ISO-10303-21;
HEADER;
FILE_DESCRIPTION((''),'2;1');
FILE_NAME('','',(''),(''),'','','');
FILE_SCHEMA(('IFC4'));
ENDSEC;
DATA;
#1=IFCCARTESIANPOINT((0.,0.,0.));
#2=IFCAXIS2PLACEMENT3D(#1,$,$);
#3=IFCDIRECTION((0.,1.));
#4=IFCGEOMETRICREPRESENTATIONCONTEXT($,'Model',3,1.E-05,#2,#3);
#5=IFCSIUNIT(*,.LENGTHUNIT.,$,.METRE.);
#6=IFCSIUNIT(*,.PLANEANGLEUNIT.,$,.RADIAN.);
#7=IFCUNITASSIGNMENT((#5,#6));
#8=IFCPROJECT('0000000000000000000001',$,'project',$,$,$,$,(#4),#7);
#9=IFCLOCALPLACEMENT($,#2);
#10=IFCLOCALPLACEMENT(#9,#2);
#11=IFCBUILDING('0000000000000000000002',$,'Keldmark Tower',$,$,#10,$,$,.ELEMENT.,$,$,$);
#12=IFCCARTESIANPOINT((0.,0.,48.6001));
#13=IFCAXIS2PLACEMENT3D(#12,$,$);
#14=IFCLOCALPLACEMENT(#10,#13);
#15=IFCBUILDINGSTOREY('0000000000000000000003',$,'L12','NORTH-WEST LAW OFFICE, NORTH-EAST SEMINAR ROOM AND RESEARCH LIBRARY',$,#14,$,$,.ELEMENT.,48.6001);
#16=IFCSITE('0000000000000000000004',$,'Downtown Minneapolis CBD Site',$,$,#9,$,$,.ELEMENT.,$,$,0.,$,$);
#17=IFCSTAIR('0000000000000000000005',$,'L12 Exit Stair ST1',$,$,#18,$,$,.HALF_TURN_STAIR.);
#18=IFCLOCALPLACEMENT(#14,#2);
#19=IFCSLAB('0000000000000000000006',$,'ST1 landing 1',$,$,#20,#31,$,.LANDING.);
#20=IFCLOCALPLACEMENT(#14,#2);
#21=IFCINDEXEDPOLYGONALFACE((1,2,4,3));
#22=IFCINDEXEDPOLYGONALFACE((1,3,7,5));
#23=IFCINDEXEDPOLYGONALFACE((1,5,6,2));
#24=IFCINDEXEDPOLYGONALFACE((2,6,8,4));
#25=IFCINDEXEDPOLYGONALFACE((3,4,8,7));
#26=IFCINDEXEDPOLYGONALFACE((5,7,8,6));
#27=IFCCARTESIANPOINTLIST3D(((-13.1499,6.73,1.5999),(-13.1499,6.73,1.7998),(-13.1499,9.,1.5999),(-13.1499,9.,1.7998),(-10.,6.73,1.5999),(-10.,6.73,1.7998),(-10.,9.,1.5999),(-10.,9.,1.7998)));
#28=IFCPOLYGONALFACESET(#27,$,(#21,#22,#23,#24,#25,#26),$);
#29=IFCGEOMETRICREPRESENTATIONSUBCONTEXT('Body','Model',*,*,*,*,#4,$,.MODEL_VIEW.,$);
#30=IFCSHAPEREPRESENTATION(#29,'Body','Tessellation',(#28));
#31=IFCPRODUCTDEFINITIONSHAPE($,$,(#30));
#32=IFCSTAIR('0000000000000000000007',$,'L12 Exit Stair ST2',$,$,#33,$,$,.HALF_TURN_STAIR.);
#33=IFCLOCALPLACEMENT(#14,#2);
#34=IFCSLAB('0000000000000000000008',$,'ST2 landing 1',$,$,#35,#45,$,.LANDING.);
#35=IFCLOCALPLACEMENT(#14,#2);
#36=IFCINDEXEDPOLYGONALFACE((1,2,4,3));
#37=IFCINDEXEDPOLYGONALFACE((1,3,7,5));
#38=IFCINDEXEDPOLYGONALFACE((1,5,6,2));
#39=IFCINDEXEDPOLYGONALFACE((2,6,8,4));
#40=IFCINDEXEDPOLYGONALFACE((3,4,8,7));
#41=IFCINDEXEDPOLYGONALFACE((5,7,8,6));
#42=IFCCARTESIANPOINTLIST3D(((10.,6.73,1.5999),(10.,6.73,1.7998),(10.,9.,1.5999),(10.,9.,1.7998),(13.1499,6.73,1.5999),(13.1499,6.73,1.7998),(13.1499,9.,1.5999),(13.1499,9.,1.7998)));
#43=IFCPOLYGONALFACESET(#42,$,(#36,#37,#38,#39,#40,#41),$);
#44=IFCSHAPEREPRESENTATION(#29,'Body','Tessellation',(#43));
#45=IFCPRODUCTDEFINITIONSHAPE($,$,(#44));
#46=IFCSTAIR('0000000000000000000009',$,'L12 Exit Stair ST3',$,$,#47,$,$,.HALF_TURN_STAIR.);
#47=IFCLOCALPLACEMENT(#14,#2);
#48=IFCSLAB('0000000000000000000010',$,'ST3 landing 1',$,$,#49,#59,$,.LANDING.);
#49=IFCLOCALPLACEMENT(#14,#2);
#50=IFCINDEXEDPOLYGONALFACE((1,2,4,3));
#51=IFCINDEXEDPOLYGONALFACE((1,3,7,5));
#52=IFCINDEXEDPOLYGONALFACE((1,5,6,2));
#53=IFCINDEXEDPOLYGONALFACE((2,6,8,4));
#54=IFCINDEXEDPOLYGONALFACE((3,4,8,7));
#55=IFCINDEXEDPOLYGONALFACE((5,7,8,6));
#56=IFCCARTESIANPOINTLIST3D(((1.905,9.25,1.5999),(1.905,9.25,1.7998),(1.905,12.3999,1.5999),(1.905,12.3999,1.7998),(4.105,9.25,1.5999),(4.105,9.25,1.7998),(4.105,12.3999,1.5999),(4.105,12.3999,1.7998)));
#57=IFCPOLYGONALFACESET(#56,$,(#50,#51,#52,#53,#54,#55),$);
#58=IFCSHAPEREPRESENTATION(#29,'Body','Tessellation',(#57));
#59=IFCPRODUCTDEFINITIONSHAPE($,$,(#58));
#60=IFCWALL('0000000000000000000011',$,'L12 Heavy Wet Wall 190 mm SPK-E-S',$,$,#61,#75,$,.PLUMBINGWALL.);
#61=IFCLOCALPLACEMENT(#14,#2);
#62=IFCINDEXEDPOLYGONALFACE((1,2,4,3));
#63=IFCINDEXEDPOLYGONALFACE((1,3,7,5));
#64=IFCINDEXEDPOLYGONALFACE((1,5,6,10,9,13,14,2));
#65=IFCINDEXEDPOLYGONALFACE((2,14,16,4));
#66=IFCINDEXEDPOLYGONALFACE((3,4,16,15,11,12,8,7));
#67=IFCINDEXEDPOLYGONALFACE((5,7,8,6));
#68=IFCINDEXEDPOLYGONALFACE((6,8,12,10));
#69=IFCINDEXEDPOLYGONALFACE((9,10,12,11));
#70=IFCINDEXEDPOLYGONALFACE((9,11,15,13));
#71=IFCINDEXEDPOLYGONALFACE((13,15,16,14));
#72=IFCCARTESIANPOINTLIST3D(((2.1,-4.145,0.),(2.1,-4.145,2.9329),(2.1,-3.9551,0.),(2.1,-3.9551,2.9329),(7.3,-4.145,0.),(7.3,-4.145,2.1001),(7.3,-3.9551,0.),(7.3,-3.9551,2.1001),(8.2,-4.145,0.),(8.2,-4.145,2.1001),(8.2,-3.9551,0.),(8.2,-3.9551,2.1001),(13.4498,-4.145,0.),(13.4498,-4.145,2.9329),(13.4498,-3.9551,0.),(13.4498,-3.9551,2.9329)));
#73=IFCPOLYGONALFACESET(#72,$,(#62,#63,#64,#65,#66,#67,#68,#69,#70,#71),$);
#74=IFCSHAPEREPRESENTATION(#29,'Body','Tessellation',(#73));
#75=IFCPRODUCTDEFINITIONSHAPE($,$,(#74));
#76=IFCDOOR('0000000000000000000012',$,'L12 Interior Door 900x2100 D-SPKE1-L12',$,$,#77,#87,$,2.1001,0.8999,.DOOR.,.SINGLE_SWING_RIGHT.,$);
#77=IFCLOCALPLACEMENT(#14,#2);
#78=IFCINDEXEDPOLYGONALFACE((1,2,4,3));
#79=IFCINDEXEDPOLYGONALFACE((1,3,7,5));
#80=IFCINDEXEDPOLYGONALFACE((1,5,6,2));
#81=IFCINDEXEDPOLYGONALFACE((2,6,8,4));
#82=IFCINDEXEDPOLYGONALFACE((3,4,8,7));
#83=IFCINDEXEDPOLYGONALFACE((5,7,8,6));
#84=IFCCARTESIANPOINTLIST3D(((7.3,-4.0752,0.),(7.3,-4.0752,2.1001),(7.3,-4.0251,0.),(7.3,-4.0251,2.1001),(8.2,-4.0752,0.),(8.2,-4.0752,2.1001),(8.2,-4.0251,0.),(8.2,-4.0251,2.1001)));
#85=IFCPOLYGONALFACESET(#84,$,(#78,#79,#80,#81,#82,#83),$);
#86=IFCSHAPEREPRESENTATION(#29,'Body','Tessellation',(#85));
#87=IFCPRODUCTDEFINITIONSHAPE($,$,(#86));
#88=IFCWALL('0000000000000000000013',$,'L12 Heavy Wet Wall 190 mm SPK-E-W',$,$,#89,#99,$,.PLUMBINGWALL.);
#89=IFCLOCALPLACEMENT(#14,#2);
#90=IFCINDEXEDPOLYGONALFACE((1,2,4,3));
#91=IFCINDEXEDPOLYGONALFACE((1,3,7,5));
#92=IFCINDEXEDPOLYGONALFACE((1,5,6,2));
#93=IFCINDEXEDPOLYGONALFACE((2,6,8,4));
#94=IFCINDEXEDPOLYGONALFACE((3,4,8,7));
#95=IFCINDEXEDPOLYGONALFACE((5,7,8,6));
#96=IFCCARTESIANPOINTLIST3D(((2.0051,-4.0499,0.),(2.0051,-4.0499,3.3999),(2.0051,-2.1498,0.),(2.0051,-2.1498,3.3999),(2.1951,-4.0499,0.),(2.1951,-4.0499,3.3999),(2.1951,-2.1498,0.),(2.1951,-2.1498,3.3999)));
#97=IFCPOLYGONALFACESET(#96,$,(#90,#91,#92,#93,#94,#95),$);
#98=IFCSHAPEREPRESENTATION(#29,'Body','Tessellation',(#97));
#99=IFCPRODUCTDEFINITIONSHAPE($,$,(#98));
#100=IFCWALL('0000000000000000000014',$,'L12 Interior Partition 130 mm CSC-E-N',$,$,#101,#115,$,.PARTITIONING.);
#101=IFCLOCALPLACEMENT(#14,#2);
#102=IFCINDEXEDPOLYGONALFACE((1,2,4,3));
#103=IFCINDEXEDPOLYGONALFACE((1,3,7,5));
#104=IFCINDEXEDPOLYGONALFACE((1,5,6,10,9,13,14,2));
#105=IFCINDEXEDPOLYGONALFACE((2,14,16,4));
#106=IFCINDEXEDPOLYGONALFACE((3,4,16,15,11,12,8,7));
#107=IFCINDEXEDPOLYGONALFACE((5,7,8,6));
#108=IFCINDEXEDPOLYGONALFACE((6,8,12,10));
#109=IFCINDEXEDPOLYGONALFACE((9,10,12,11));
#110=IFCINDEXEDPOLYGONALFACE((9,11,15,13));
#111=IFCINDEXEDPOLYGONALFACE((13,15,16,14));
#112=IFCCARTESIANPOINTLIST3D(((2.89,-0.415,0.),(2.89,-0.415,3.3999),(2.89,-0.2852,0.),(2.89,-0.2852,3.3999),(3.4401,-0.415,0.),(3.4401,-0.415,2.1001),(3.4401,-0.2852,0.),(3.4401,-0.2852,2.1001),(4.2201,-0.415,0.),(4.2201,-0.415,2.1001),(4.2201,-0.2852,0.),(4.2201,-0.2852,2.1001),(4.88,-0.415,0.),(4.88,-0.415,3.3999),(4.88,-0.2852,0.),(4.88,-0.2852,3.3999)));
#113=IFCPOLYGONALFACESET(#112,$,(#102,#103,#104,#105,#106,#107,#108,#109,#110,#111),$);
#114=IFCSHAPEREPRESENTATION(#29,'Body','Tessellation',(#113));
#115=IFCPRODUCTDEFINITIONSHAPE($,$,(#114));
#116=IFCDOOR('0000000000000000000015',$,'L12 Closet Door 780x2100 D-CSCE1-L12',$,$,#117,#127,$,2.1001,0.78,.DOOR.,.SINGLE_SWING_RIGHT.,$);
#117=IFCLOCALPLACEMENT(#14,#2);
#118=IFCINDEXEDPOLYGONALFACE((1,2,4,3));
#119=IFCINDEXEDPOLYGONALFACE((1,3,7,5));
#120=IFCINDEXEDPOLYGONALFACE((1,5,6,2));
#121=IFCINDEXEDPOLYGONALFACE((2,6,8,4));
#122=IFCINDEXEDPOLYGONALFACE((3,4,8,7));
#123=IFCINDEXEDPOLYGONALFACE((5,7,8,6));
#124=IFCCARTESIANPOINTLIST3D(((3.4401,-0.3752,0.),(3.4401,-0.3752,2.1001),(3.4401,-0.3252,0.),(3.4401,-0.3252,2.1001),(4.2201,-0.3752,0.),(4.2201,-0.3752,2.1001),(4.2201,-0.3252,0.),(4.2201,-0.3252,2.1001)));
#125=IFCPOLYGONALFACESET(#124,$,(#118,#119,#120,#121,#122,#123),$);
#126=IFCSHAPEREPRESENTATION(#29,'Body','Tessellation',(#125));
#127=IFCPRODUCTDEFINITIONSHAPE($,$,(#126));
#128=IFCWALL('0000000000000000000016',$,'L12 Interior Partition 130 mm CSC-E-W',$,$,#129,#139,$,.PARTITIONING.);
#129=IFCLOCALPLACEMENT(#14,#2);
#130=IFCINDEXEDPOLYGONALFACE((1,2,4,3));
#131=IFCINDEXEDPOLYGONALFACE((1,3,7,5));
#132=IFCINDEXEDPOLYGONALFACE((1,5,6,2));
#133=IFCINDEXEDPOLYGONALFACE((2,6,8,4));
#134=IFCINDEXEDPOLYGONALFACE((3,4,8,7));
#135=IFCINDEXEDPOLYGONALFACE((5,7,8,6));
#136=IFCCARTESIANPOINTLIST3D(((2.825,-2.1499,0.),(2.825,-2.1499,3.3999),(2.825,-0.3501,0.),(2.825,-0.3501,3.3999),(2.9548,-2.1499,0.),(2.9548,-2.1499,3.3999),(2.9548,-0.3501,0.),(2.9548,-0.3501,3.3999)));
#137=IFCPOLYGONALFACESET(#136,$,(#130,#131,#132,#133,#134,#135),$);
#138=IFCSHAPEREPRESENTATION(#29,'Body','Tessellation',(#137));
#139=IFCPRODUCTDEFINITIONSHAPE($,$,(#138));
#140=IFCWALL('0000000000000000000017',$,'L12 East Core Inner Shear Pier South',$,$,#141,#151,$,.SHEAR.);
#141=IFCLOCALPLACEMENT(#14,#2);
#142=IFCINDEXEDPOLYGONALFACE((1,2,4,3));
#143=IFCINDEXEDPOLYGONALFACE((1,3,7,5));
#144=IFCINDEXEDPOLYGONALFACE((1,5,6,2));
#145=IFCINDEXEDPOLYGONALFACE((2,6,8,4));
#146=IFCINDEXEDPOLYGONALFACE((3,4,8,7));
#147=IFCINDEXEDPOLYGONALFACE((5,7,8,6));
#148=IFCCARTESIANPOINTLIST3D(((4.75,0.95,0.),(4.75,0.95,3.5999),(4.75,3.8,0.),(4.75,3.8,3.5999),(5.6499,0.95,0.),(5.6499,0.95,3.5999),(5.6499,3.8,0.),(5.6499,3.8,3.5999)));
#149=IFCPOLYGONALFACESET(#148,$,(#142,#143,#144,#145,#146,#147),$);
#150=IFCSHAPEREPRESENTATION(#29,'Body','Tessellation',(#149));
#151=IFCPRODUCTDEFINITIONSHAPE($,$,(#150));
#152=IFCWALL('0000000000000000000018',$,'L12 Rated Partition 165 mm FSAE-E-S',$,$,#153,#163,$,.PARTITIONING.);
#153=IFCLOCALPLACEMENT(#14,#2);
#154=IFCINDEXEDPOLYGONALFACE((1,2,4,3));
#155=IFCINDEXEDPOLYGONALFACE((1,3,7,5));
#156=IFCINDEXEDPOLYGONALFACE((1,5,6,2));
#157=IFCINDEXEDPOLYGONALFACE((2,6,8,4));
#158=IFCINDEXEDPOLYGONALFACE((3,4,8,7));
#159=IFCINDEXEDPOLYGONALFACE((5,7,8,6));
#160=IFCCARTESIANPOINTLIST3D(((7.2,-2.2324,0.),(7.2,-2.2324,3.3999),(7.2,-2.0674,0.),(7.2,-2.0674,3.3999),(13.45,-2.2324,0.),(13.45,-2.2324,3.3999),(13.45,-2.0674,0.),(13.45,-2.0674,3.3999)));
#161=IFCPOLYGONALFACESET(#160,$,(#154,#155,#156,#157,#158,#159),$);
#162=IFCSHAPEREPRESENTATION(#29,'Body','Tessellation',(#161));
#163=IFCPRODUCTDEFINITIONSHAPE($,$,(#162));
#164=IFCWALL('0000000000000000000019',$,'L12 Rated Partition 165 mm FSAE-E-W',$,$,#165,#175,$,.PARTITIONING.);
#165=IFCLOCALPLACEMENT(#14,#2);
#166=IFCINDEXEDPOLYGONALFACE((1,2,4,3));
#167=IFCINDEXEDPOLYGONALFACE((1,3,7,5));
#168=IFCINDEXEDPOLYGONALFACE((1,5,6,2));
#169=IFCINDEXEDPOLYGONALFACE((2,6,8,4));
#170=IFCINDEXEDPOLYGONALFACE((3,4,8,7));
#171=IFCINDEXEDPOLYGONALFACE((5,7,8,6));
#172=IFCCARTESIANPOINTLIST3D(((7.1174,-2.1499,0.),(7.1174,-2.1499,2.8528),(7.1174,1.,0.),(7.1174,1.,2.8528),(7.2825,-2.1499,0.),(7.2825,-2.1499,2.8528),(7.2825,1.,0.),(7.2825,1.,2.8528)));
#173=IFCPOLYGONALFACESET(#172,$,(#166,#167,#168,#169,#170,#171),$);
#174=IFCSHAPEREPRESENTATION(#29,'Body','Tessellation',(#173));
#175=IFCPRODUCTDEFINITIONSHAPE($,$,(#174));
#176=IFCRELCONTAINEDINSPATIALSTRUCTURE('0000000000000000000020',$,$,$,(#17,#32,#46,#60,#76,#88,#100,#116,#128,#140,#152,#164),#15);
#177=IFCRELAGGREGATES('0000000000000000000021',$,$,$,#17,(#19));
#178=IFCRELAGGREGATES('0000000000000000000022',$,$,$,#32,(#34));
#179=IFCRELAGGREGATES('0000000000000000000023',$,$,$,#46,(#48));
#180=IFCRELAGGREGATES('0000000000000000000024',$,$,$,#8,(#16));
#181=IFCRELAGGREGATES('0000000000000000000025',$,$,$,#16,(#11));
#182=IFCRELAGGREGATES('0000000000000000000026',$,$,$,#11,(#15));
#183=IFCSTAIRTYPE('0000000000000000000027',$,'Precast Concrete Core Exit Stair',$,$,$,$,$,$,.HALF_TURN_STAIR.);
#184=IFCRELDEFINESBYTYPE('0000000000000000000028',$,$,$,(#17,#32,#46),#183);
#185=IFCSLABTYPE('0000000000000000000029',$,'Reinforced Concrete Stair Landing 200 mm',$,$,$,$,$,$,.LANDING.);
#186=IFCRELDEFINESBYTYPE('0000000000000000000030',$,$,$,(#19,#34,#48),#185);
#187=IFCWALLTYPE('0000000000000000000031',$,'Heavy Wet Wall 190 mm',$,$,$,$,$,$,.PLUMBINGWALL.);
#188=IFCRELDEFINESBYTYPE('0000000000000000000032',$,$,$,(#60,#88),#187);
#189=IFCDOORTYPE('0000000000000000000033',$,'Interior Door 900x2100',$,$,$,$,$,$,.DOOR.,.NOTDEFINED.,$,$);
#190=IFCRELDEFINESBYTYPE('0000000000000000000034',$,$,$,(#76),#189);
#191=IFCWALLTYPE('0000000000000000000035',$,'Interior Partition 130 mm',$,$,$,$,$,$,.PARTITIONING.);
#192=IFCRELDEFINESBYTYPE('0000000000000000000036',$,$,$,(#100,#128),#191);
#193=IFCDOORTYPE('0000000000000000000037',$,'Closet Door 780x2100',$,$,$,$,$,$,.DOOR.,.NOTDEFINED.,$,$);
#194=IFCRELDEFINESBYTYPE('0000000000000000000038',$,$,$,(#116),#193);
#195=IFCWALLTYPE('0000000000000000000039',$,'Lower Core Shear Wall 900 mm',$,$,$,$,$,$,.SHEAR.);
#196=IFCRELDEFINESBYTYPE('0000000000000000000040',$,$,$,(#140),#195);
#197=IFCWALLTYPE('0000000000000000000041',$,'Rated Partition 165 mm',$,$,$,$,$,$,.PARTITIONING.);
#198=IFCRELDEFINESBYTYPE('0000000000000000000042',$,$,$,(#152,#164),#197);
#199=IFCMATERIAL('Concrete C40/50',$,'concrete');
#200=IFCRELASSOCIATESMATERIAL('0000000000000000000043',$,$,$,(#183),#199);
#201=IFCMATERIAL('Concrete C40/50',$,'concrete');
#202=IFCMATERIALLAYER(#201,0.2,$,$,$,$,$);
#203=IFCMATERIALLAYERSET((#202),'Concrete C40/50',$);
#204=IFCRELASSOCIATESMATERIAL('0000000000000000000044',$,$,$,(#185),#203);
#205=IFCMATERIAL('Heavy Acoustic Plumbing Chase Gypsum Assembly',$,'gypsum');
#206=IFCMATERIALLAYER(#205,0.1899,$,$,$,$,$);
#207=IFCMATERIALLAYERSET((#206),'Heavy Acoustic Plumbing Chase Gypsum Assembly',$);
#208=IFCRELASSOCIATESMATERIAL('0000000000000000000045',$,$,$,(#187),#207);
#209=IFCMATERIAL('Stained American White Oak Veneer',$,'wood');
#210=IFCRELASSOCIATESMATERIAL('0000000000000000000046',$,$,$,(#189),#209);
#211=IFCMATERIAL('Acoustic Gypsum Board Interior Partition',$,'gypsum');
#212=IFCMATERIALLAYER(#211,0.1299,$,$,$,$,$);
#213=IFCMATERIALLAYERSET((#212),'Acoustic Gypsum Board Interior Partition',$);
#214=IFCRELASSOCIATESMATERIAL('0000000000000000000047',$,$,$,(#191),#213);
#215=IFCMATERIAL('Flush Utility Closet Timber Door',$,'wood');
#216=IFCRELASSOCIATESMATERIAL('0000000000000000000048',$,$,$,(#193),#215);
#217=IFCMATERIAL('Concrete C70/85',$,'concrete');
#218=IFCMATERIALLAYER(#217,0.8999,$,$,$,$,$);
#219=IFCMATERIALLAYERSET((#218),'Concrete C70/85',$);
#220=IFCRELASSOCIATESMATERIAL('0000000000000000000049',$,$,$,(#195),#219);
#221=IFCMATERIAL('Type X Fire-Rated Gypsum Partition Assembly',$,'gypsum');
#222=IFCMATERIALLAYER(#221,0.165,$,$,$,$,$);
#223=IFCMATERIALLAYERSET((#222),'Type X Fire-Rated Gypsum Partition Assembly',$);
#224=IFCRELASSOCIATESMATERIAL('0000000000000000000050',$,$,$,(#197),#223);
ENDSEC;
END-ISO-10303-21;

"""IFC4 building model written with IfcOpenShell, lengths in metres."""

from ifc_helpers import new_model, si_unit, direction, frame, frame_2d, origin, place, context, subcontext, project, spatial, polyline, rectangle, outline, extrude, material, layer, layer_set, type_object, element, fill, aggregate, save


model = new_model("IFC4")

# Units and contexts
model_context = context("Model", 3, precision=1e-05, world=origin(), true_north=direction((0.0, 1.0)))
body_context = subcontext(model_context, "Body", "Model", "MODEL_VIEW")
ifc_project = project(units=[si_unit("LENGTHUNIT", "METRE"), si_unit("PLANEANGLEUNIT", "RADIAN")], contexts=[model_context])

# Site, building, storey
site_placement = place(None, origin())
site = spatial("IfcSite", under=ifc_project, at=site_placement, Name="Downtown Minneapolis CBD Site", CompositionType="ELEMENT", RefElevation=0.0)
building_placement = place(site_placement, origin())
building = spatial("IfcBuilding", under=site, at=building_placement, Name="Keldmark Tower", CompositionType="ELEMENT")
storey_placement = place(building_placement, frame((0.0, 0.0, 48.6001)))
storey = spatial("IfcBuildingStorey", under=building, at=storey_placement, Name="L12", Description="NORTH-WEST LAW OFFICE, NORTH-EAST SEMINAR ROOM AND RESEARCH LIBRARY", CompositionType="ELEMENT", Elevation=48.6001)

# Stairs, slabs
ifc_material_1 = material(Name="Concrete C40/50", Category="concrete")
stair_type = type_object("IfcStairType", Name="Precast Concrete Core Exit Stair", PredefinedType="HALF_TURN_STAIR", material=ifc_material_1)
stair_1_placement = place(storey_placement, origin())
stair_1 = element("IfcStair", 1, at=stair_1_placement, inside=storey, type_object=stair_type, Name="L12 Exit Stair ST1", PredefinedType="HALF_TURN_STAIR")
ifc_material_2 = material(Name="Concrete C40/50", Category="concrete")
ifc_layer_1 = layer(ifc_material_2, 0.2)
ifc_layer_set_1 = layer_set([ifc_layer_1], Name="Concrete C40/50")
slab_type_1 = type_object("IfcSlabType", Name="Reinforced Concrete Stair Landing 200 mm", PredefinedType="LANDING", material=ifc_layer_set_1)
slab_1_placement = place(storey_placement, frame((0.0, 0.0, 1.5999)))
slab_1 = element("IfcSlab", 2, at=slab_1_placement, type_object=slab_type_1, Name="ST1 landing 1", PredefinedType="LANDING", context=body_context, shape_type="SweptSolid", body=[
    extrude(outline(polyline([(-10.0, 6.73), (-10.0, 9.0), (-13.1499, 9.0), (-13.1499, 6.73), (-10.0, 6.73)])), origin(), (0.0, 0.0, 1.0), 0.2),
])
aggregate(stair_1, [slab_1])
stair_2_placement = place(storey_placement, origin())
stair_2 = element("IfcStair", 3, at=stair_2_placement, inside=storey, type_object=stair_type, Name="L12 Exit Stair ST2", PredefinedType="HALF_TURN_STAIR")
slab_2_placement = place(storey_placement, frame((0.0, 0.0, 1.5999)))
slab_2 = element("IfcSlab", 4, at=slab_2_placement, type_object=slab_type_1, Name="ST2 landing 1", PredefinedType="LANDING", context=body_context, shape_type="SweptSolid", body=[
    extrude(outline(polyline([(13.1499, 6.73), (13.1499, 9.0), (10.0, 9.0), (10.0, 6.73), (13.1499, 6.73)])), origin(), (0.0, 0.0, 1.0), 0.2),
])
aggregate(stair_2, [slab_2])
stair_3_placement = place(storey_placement, origin())
stair_3 = element("IfcStair", 5, at=stair_3_placement, inside=storey, type_object=stair_type, Name="L12 Exit Stair ST3", PredefinedType="HALF_TURN_STAIR")
slab_3_placement = place(storey_placement, frame((0.0, 0.0, 1.5999)))
slab_3 = element("IfcSlab", 6, at=slab_3_placement, type_object=slab_type_1, Name="ST3 landing 1", PredefinedType="LANDING", context=body_context, shape_type="SweptSolid", body=[
    extrude(outline(polyline([(1.905, 9.25), (4.105, 9.25), (4.105, 12.3999), (1.905, 12.3999), (1.905, 9.25)])), origin(), (0.0, 0.0, 1.0), 0.2),
])
aggregate(stair_3, [slab_3])

# Wall, opening, door
ifc_material_3 = material(Name="Heavy Acoustic Plumbing Chase Gypsum Assembly", Category="gypsum")
ifc_layer_2 = layer(ifc_material_3, 0.1899)
ifc_layer_set_2 = layer_set([ifc_layer_2], Name="Heavy Acoustic Plumbing Chase Gypsum Assembly")
wall_type_1 = type_object("IfcWallType", Name="Heavy Wet Wall 190 mm", PredefinedType="PLUMBINGWALL", material=ifc_layer_set_2)
wall_1_placement = place(storey_placement, frame((2.1001, -4.05, 0.0), z_axis=(0.0, 0.0, 1.0), x_axis=(1.0, 0.0, 0.0)))
wall_1 = element("IfcWall", 7, at=wall_1_placement, inside=storey, type_object=wall_type_1, Name="L12 Heavy Wet Wall 190 mm SPK-E-S", PredefinedType="PLUMBINGWALL", context=body_context, shape_type="SweptSolid", body=[
    extrude(rectangle(XDim=11.3499, YDim=0.1899, at=frame_2d((5.6748, 0.0))), origin(), (0.0, 0.0, 1.0), 2.9329),
])
opening_1_placement = place(wall_1_placement, frame((5.2, 0.0, 0.0)))
opening_1 = element("IfcOpeningElement", 8, at=opening_1_placement, cuts=wall_1, PredefinedType="OPENING", context=body_context, shape_type="SweptSolid", body=[
    extrude(rectangle(XDim=0.8999, YDim=2.1001, at=frame_2d((0.45, 1.05))), frame((0.0, 0.105, 0.0), z_axis=(0.0, -1.0, 0.0), x_axis=(1.0, 0.0, 0.0)), (0.0, 0.0, 1.0), 0.21),
])
ifc_material_4 = material(Name="Stained American White Oak Veneer", Category="wood")
door_type_1 = type_object("IfcDoorType", Name="Interior Door 900x2100", OperationType="NOTDEFINED", PredefinedType="DOOR", material=ifc_material_4)
door_1_placement = place(opening_1_placement, origin())
door_1 = element("IfcDoor", 9, at=door_1_placement, inside=storey, type_object=door_type_1, Name="L12 Interior Door 900x2100 D-SPKE1-L12", OperationType="SINGLE_SWING_RIGHT", OverallHeight=2.1001, OverallWidth=0.8999, PredefinedType="DOOR", context=body_context, shape_type="SweptSolid", body=[
    extrude(rectangle(XDim=0.8999, YDim=2.1001, at=frame_2d((0.45, 1.05))), frame((0.0, 0.0249, 0.0), z_axis=(0.0, -1.0, 0.0), x_axis=(1.0, 0.0, 0.0)), (0.0, 0.0, 1.0), 0.05),
])
fill(opening_1, door_1)

# Wall
wall_2_placement = place(storey_placement, frame((2.1001, -4.05, 0.0), z_axis=(0.0, 0.0, 1.0), x_axis=(0.0, 1.0, 0.0)))
element("IfcWall", 10, at=wall_2_placement, inside=storey, type_object=wall_type_1, Name="L12 Heavy Wet Wall 190 mm SPK-E-W", PredefinedType="PLUMBINGWALL", context=body_context, shape_type="SweptSolid", body=[
    extrude(rectangle(XDim=1.9001, YDim=0.1899, at=frame_2d((0.9502, 0.0))), origin(), (0.0, 0.0, 1.0), 3.3999),
])

# Wall, opening, door
ifc_material_5 = material(Name="Acoustic Gypsum Board Interior Partition", Category="gypsum")
ifc_layer_3 = layer(ifc_material_5, 0.1299)
ifc_layer_set_3 = layer_set([ifc_layer_3], Name="Acoustic Gypsum Board Interior Partition")
wall_type_2 = type_object("IfcWallType", Name="Interior Partition 130 mm", PredefinedType="PARTITIONING", material=ifc_layer_set_3)
wall_3_placement = place(storey_placement, frame((2.8899, -0.3501, 0.0), z_axis=(0.0, 0.0, 1.0), x_axis=(1.0, 0.0, 0.0)))
wall_3 = element("IfcWall", 11, at=wall_3_placement, inside=storey, type_object=wall_type_2, Name="L12 Interior Partition 130 mm CSC-E-N", PredefinedType="PARTITIONING", context=body_context, shape_type="SweptSolid", body=[
    extrude(rectangle(XDim=1.99, YDim=0.1299, at=frame_2d((0.9951, 0.0))), origin(), (0.0, 0.0, 1.0), 3.3999),
])
opening_2_placement = place(wall_3_placement, frame((0.55, 0.0, 0.0)))
opening_2 = element("IfcOpeningElement", 12, at=opening_2_placement, cuts=wall_3, PredefinedType="OPENING", context=body_context, shape_type="SweptSolid", body=[
    extrude(rectangle(XDim=0.78, YDim=2.1001, at=frame_2d((0.3901, 1.05))), frame((0.0, 0.075, 0.0), z_axis=(0.0, -1.0, 0.0), x_axis=(1.0, 0.0, 0.0)), (0.0, 0.0, 1.0), 0.1499),
])
ifc_material_6 = material(Name="Flush Utility Closet Timber Door", Category="wood")
door_type_2 = type_object("IfcDoorType", Name="Closet Door 780x2100", OperationType="NOTDEFINED", PredefinedType="DOOR", material=ifc_material_6)
door_2_placement = place(opening_2_placement, origin())
door_2 = element("IfcDoor", 13, at=door_2_placement, inside=storey, type_object=door_type_2, Name="L12 Closet Door 780x2100 D-CSCE1-L12", OperationType="SINGLE_SWING_RIGHT", OverallHeight=2.1001, OverallWidth=0.78, PredefinedType="DOOR", context=body_context, shape_type="SweptSolid", body=[
    extrude(rectangle(XDim=0.78, YDim=2.1001, at=frame_2d((0.3901, 1.05))), frame((0.0, 0.0249, 0.0), z_axis=(0.0, -1.0, 0.0), x_axis=(1.0, 0.0, 0.0)), (0.0, 0.0, 1.0), 0.05),
])
fill(opening_2, door_2)

# Walls
wall_4_placement = place(storey_placement, frame((2.8899, -2.1499, 0.0), z_axis=(0.0, 0.0, 1.0), x_axis=(0.0, 1.0, 0.0)))
element("IfcWall", 14, at=wall_4_placement, inside=storey, type_object=wall_type_2, Name="L12 Interior Partition 130 mm CSC-E-W", PredefinedType="PARTITIONING", context=body_context, shape_type="SweptSolid", body=[
    extrude(rectangle(XDim=1.7998, YDim=0.1299, at=frame_2d((0.8999, 0.0))), origin(), (0.0, 0.0, 1.0), 3.3999),
])
ifc_material_7 = material(Name="Concrete C70/85", Category="concrete")
ifc_layer_4 = layer(ifc_material_7, 0.8999)
ifc_layer_set_4 = layer_set([ifc_layer_4], Name="Concrete C70/85")
wall_type_3 = type_object("IfcWallType", Name="Lower Core Shear Wall 900 mm", PredefinedType="SHEAR", material=ifc_layer_set_4)
wall_5_placement = place(storey_placement, frame((5.2, 0.95, 0.0), z_axis=(0.0, 0.0, 1.0), x_axis=(0.0, 1.0, 0.0)))
element("IfcWall", 15, at=wall_5_placement, inside=storey, type_object=wall_type_3, Name="L12 East Core Inner Shear Pier South", PredefinedType="SHEAR", context=body_context, shape_type="SweptSolid", body=[
    extrude(rectangle(XDim=2.8501, YDim=0.8999, at=frame_2d((1.425, 0.0))), origin(), (0.0, 0.0, 1.0), 3.5999),
])
ifc_material_8 = material(Name="Type X Fire-Rated Gypsum Partition Assembly", Category="gypsum")
ifc_layer_5 = layer(ifc_material_8, 0.165)
ifc_layer_set_5 = layer_set([ifc_layer_5], Name="Type X Fire-Rated Gypsum Partition Assembly")
wall_type_4 = type_object("IfcWallType", Name="Rated Partition 165 mm", PredefinedType="PARTITIONING", material=ifc_layer_set_5)
wall_6_placement = place(storey_placement, frame((7.2, -2.1499, 0.0), z_axis=(0.0, 0.0, 1.0), x_axis=(1.0, 0.0, 0.0)))
element("IfcWall", 16, at=wall_6_placement, inside=storey, type_object=wall_type_4, Name="L12 Rated Partition 165 mm FSAE-E-S", PredefinedType="PARTITIONING", context=body_context, shape_type="SweptSolid", body=[
    extrude(rectangle(XDim=6.25, YDim=0.165, at=frame_2d((3.125, 0.0))), origin(), (0.0, 0.0, 1.0), 3.3999),
])
wall_7_placement = place(storey_placement, frame((7.2, -2.1499, 0.0), z_axis=(0.0, 0.0, 1.0), x_axis=(0.0, 1.0, 0.0)))
element("IfcWall", 17, at=wall_7_placement, inside=storey, type_object=wall_type_4, Name="L12 Rated Partition 165 mm FSAE-E-W", PredefinedType="PARTITIONING", context=body_context, shape_type="SweptSolid", body=[
    extrude(rectangle(XDim=3.1499, YDim=0.165, at=frame_2d((1.575, 0.0))), origin(), (0.0, 0.0, 1.0), 2.8528),
])

save(model, "model.ifc")
